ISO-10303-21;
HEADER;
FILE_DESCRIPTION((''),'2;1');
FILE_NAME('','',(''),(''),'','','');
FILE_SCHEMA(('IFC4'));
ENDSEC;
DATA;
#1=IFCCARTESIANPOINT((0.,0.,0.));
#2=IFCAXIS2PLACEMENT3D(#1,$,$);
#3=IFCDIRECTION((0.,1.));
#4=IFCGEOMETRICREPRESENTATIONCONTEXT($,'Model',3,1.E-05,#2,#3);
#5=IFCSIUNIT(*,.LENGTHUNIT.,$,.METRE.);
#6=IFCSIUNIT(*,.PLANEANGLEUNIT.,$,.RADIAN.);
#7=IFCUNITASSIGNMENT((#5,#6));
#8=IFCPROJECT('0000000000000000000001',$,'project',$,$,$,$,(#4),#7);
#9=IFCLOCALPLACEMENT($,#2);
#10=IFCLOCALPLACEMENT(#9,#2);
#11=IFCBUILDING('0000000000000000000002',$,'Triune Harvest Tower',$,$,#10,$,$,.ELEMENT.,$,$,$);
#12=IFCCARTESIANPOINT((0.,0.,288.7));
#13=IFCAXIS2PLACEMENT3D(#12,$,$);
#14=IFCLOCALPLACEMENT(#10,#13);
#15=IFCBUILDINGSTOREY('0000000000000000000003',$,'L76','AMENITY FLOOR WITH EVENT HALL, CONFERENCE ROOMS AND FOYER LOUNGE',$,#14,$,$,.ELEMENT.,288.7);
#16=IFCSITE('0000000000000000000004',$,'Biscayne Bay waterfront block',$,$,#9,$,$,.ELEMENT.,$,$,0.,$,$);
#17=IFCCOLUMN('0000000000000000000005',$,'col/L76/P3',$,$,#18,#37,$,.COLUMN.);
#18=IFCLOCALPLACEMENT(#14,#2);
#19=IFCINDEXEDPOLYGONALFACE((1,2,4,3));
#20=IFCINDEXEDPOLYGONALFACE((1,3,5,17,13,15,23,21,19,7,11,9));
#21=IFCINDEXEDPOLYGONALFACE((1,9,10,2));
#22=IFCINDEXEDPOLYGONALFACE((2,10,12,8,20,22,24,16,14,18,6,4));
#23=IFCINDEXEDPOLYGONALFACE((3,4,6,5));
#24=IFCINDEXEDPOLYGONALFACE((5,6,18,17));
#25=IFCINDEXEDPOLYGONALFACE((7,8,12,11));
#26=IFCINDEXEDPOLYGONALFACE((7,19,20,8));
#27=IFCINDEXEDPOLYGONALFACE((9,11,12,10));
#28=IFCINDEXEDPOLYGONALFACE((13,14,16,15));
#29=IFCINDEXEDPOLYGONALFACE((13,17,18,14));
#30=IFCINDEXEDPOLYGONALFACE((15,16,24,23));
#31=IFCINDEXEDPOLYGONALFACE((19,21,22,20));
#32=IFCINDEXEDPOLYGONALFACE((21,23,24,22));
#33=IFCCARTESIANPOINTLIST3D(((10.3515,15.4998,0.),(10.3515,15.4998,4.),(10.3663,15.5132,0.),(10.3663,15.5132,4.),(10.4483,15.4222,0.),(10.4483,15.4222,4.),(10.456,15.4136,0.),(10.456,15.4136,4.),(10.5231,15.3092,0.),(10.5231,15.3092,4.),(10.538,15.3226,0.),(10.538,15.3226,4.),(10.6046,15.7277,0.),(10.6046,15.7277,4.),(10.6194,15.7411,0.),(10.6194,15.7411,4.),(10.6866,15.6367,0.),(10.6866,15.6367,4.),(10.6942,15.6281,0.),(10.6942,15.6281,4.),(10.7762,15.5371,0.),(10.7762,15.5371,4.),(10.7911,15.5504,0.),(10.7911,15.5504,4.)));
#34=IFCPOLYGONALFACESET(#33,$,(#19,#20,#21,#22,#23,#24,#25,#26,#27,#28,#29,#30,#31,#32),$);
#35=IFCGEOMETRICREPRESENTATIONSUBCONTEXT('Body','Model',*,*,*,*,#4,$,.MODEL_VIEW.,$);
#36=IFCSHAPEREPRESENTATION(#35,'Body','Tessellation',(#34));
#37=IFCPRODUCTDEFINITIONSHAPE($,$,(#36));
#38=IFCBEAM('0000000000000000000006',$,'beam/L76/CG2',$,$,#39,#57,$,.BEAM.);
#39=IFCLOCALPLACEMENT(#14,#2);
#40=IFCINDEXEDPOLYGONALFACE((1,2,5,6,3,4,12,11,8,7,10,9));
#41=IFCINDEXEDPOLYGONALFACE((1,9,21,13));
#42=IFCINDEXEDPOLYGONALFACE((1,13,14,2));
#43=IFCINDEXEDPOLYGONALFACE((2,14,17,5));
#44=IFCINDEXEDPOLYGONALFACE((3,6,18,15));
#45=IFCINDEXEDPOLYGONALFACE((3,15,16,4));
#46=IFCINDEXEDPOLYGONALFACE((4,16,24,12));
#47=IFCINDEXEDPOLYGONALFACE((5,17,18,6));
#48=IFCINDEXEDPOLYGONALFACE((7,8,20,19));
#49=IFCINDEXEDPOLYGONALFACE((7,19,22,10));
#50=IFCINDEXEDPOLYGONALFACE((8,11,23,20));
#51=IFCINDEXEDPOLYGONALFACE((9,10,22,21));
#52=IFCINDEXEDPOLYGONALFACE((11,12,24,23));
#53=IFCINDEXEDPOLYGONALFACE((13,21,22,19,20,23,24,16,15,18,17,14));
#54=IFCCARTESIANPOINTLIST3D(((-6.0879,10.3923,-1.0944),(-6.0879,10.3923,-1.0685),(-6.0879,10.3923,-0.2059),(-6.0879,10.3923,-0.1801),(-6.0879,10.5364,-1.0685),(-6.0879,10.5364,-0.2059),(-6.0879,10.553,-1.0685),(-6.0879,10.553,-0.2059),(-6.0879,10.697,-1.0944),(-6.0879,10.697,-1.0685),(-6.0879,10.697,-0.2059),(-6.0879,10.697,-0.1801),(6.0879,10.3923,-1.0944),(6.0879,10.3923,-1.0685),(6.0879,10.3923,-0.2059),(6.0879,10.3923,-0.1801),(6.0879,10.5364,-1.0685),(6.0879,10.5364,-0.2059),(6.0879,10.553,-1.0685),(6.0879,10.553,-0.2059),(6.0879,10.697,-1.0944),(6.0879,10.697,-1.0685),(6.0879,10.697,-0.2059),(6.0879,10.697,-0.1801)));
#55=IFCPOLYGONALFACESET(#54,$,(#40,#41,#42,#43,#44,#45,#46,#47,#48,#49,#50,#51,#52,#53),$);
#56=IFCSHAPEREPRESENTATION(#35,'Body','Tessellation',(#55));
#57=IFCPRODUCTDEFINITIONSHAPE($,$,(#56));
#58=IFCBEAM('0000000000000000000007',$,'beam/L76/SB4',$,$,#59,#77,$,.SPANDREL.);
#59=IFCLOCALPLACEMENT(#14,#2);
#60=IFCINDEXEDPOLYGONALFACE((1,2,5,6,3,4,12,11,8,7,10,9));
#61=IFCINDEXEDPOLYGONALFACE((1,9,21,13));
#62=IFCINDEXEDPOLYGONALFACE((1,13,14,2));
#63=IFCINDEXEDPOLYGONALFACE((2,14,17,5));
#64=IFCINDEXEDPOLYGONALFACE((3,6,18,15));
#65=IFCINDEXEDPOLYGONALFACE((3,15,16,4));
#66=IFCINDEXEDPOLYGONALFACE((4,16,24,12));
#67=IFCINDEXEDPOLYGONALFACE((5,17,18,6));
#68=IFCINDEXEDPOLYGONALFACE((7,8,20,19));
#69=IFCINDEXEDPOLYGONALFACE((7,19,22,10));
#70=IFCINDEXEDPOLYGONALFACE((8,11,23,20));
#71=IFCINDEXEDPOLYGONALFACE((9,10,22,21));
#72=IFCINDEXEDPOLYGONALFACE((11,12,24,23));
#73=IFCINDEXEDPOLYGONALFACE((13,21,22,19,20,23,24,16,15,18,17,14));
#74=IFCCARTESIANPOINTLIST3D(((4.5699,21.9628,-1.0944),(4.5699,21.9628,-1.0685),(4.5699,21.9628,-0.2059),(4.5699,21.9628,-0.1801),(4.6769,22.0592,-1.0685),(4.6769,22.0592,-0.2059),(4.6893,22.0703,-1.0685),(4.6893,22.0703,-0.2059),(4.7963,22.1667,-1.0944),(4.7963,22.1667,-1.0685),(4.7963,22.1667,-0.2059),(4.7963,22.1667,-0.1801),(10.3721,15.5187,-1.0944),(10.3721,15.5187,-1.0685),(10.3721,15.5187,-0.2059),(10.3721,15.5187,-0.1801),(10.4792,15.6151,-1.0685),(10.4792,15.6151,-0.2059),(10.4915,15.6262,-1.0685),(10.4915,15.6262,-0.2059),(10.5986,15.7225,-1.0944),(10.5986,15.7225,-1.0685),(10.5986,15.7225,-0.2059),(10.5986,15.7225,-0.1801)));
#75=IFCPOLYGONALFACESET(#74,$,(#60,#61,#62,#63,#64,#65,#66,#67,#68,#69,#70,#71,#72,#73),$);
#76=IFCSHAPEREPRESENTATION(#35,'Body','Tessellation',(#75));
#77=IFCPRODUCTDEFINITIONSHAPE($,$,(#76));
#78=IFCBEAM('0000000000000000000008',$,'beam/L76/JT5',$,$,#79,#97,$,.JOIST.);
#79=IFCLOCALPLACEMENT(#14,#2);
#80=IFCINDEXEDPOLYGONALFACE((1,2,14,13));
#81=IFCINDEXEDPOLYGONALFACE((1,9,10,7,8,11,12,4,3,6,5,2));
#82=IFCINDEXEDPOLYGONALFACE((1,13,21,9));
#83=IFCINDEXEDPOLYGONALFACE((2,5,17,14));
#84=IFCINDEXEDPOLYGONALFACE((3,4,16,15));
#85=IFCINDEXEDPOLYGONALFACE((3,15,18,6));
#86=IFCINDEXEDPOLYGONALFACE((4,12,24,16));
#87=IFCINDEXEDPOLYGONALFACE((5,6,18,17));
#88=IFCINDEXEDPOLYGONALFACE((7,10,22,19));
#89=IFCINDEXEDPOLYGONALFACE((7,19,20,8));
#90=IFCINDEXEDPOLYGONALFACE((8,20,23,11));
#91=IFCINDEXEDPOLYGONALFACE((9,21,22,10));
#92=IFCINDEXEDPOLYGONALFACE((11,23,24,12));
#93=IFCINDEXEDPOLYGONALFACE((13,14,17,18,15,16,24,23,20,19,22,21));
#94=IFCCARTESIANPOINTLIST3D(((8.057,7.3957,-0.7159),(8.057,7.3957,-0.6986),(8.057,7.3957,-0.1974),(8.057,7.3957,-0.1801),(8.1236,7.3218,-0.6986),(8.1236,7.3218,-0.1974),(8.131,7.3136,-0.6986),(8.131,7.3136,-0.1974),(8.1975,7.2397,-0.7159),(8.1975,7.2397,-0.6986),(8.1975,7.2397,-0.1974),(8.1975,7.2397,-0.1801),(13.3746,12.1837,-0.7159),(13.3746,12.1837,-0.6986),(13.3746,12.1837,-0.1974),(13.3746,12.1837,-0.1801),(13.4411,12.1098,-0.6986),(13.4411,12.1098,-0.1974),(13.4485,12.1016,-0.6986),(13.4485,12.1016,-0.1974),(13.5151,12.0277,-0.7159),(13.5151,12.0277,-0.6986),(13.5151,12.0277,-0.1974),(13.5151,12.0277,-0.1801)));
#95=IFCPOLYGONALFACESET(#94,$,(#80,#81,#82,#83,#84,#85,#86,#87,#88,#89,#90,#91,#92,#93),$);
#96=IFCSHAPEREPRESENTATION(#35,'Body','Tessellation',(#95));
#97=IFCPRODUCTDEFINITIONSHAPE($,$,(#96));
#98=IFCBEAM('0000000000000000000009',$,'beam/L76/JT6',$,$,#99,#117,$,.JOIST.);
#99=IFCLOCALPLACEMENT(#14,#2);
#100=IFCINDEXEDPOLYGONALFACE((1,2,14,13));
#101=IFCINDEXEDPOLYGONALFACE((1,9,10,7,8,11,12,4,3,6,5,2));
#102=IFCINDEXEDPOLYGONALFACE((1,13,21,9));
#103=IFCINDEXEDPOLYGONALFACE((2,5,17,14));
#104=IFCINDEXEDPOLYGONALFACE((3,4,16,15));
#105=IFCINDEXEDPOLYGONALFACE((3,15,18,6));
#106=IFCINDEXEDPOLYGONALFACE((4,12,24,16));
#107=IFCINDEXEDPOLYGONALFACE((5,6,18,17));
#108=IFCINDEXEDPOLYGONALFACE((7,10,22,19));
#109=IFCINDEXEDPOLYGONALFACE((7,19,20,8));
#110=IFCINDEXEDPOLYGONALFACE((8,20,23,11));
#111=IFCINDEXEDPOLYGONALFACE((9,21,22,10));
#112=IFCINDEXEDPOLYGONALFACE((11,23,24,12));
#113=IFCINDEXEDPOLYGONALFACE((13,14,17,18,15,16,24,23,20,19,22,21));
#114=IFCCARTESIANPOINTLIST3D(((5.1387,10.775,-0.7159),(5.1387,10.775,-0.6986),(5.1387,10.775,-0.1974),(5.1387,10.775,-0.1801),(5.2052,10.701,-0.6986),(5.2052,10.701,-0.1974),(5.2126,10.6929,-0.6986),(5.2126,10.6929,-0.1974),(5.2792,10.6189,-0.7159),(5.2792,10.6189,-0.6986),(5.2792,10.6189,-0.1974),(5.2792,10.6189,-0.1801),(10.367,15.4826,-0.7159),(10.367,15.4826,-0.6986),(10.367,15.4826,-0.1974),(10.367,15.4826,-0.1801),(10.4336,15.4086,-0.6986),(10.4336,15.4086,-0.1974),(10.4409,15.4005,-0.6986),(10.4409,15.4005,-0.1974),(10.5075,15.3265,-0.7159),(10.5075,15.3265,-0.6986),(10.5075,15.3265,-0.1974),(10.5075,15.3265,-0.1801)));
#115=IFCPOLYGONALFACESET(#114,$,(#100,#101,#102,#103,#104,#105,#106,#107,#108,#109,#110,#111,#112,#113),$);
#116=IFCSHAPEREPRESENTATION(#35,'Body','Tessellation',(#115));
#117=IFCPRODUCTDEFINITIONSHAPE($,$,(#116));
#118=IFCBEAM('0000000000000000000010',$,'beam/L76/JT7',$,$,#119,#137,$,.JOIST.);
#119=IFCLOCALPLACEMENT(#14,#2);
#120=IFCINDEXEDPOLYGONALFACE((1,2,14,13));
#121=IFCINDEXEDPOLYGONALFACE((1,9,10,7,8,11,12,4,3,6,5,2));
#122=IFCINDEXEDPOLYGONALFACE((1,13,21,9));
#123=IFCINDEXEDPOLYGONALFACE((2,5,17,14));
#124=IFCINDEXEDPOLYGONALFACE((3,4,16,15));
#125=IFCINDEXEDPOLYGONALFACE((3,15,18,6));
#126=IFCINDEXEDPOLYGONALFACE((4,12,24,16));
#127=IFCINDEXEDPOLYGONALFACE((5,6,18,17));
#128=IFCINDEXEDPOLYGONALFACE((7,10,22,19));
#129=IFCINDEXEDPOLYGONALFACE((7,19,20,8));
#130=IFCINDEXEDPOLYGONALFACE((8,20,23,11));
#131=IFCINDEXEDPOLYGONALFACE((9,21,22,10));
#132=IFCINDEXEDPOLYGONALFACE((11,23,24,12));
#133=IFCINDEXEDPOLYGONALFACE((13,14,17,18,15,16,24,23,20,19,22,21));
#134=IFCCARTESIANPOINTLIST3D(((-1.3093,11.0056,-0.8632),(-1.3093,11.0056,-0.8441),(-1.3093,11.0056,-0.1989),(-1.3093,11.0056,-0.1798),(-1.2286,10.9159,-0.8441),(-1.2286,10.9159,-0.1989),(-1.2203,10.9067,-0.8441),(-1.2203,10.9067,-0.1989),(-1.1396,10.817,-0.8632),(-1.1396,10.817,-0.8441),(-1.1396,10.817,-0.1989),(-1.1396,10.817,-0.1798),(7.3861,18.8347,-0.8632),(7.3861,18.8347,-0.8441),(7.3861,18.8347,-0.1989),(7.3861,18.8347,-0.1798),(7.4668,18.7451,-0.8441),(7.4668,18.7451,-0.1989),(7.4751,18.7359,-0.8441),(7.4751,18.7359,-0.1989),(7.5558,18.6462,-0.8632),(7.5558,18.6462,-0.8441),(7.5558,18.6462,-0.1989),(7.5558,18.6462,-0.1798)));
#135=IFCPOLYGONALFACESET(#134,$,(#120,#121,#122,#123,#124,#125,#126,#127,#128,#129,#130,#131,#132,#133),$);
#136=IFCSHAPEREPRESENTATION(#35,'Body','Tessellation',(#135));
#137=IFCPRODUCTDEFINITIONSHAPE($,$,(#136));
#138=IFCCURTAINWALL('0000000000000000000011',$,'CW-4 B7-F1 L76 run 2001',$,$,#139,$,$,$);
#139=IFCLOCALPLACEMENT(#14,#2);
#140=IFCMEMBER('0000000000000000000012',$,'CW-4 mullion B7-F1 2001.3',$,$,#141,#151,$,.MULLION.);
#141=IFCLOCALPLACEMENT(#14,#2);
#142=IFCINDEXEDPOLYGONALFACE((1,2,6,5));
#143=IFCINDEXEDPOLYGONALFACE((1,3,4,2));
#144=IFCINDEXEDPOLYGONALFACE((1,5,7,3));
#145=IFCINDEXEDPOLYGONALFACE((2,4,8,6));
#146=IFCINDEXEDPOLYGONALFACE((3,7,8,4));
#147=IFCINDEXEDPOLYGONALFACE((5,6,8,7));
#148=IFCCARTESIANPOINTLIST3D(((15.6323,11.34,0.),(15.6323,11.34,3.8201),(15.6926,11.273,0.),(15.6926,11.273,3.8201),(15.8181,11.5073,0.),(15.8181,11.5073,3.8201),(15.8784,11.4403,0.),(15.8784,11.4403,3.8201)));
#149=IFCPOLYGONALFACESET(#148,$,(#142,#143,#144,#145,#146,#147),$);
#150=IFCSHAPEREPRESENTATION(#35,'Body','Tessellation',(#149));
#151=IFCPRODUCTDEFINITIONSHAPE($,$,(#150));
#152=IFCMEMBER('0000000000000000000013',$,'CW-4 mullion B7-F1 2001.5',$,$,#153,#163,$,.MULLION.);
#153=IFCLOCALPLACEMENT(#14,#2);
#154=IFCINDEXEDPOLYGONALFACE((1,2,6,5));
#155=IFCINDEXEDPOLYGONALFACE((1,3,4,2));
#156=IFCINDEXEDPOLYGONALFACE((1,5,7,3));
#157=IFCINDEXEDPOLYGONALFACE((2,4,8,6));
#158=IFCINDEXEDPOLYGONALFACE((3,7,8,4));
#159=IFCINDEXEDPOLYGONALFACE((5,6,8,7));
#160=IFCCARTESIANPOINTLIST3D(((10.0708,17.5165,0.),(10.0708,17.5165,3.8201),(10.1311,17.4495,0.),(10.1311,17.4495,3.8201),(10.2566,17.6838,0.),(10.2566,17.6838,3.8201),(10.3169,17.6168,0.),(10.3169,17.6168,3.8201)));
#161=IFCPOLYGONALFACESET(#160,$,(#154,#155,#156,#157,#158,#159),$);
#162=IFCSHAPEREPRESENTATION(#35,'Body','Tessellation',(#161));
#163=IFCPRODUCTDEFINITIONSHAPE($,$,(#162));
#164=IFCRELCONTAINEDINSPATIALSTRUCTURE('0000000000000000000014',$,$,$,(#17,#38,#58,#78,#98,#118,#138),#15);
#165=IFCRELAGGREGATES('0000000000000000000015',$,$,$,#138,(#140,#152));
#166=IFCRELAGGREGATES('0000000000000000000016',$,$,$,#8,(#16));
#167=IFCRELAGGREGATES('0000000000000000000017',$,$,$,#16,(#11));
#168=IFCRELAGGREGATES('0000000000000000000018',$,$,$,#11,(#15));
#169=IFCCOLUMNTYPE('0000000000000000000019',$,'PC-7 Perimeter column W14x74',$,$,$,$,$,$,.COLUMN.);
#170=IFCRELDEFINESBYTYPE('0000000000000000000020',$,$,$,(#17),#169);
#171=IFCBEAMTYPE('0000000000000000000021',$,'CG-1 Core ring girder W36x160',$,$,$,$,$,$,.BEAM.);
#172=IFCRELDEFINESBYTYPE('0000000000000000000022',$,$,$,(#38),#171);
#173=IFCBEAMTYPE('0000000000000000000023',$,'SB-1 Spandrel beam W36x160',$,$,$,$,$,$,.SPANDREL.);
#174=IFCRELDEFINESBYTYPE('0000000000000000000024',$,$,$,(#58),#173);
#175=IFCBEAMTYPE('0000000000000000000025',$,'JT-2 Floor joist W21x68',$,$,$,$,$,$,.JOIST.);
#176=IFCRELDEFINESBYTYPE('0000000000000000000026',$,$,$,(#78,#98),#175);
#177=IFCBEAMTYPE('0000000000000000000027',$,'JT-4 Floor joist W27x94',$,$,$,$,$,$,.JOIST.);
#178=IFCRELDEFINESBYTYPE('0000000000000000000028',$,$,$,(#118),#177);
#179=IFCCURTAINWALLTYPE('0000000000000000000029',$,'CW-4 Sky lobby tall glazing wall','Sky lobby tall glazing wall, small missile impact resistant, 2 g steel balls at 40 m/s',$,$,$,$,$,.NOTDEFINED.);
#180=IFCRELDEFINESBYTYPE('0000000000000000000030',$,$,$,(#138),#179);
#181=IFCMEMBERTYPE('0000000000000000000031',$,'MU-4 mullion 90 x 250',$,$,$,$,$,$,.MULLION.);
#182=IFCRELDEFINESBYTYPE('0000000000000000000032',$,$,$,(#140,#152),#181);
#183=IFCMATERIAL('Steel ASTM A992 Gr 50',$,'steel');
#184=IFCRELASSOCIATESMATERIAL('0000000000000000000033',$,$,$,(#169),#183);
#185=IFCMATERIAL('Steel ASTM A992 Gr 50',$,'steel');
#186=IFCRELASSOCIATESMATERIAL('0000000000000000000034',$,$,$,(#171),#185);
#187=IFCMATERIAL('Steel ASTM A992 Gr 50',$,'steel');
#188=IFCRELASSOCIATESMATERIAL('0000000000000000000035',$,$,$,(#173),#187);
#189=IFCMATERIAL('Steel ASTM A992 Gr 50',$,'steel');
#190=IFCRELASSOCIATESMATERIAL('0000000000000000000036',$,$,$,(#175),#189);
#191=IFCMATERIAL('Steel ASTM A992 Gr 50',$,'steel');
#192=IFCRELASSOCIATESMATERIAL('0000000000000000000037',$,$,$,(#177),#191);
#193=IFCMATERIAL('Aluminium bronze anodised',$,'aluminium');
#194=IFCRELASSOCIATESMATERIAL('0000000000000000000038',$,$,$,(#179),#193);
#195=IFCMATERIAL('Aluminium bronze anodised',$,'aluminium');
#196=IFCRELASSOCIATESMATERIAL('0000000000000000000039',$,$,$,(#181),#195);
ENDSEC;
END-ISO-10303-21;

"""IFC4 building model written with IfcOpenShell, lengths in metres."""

from ifc_helpers import new_model, si_unit, direction, frame, origin, origin_2d, place, context, subcontext, project, spatial, rectangle, i_section, extrude, source, transform, mapped, material, material_profile, profile_set, type_object, element, aggregate, save


model = new_model("IFC4")

# Units and contexts
model_context = context("Model", 3, precision=1e-05, world=origin(), true_north=direction((0.0, 1.0)))
body_context = subcontext(model_context, "Body", "Model", "MODEL_VIEW")
ifc_project = project(units=[si_unit("LENGTHUNIT", "METRE"), si_unit("PLANEANGLEUNIT", "RADIAN")], contexts=[model_context])

# Site, building, storey
site_placement = place(None, origin())
site = spatial("IfcSite", under=ifc_project, at=site_placement, Name="Biscayne Bay waterfront block", CompositionType="ELEMENT", RefElevation=0.0)
building_placement = place(site_placement, origin())
building = spatial("IfcBuilding", under=site, at=building_placement, Name="Triune Harvest Tower", CompositionType="ELEMENT")
storey_placement = place(building_placement, frame((0.0, 0.0, 288.7)))
storey = spatial("IfcBuildingStorey", under=building, at=storey_placement, Name="L76", Description="AMENITY FLOOR WITH EVENT HALL, CONFERENCE ROOMS AND FOYER LOUNGE", CompositionType="ELEMENT", Elevation=288.7)

# Column
ifc_material_1 = material(Name="Steel ASTM A992 Gr 50", Category="steel")
ifc_material_profile_1 = material_profile(ifc_material_1, i_section(OverallWidth=0.2566, OverallDepth=0.3606, WebThickness=0.0115, FlangeThickness=0.02, at=origin_2d()), Name="W14x74")
ifc_profile_set_1 = profile_set([ifc_material_profile_1], Name="Steel ASTM A992 Gr 50")
column_type = type_object("IfcColumnType", Name="PC-7 Perimeter column W14x74", PredefinedType="COLUMN", material=ifc_profile_set_1)
shared_shape_1 = source(origin(), body_context, "Body", "SweptSolid", [
    extrude(i_section(OverallWidth=0.2566, OverallDepth=0.3606, WebThickness=0.0115, FlangeThickness=0.02, at=origin_2d()), origin(), (0.0, 0.0, 1.0), 4.0),
])
column_placement = place(storey_placement, frame((10.5713, 15.5251, 0.0), z_axis=(0.0, 0.0, 1.0), x_axis=(-0.669131, 0.743145, 0.0)))
element("IfcColumn", 1, at=column_placement, inside=storey, type_object=column_type, Name="col/L76/P3", PredefinedType="COLUMN", context=body_context, shape_type="MappedRepresentation", body=[
    mapped(shared_shape_1, transform((0.0, 0.0, 0.0), scale=1.0)),
])

# Beams
ifc_material_2 = material(Name="Steel ASTM A992 Gr 50", Category="steel")
ifc_material_profile_2 = material_profile(ifc_material_2, i_section(OverallWidth=0.3047, OverallDepth=0.9143, WebThickness=0.0166, FlangeThickness=0.0259, at=origin_2d()), Name="W36x160")
ifc_profile_set_2 = profile_set([ifc_material_profile_2], Name="Steel ASTM A992 Gr 50")
beam_type_1 = type_object("IfcBeamType", Name="CG-1 Core ring girder W36x160", PredefinedType="BEAM", material=ifc_profile_set_2)
shared_shape_2 = source(origin(), body_context, "Body", "SweptSolid", [
    extrude(i_section(OverallWidth=0.3047, OverallDepth=0.9143, WebThickness=0.0166, FlangeThickness=0.0259, at=origin_2d()), origin(), (0.0, 0.0, 1.0), 12.1758),
])
beam_1_placement = place(storey_placement, frame((6.0879, 10.5447, -0.6372), z_axis=(-1.0, 0.0, 0.0), x_axis=(0.0, -1.0, 0.0)))
element("IfcBeam", 2, at=beam_1_placement, inside=storey, type_object=beam_type_1, Name="beam/L76/CG2", PredefinedType="BEAM", context=body_context, shape_type="MappedRepresentation", body=[
    mapped(shared_shape_2, transform((0.0, 0.0, 0.0), scale=1.0)),
])
ifc_material_3 = material(Name="Steel ASTM A992 Gr 50", Category="steel")
ifc_material_profile_3 = material_profile(ifc_material_3, i_section(OverallWidth=0.3047, OverallDepth=0.9143, WebThickness=0.0166, FlangeThickness=0.0259, at=origin_2d()), Name="W36x160")
ifc_profile_set_3 = profile_set([ifc_material_profile_3], Name="Steel ASTM A992 Gr 50")
beam_type_2 = type_object("IfcBeamType", Name="SB-1 Spandrel beam W36x160", PredefinedType="SPANDREL", material=ifc_profile_set_3)
shared_shape_3 = source(origin(), body_context, "Body", "SweptSolid", [
    extrude(i_section(OverallWidth=0.3047, OverallDepth=0.9143, WebThickness=0.0166, FlangeThickness=0.0259, at=origin_2d()), origin(), (0.0, 0.0, 1.0), 8.6714),
])
beam_2_placement = place(storey_placement, frame((10.4854, 15.6206, -0.6372), z_axis=(-0.669128, 0.743147, 0.0), x_axis=(-0.743147, -0.669128, 0.0)))
element("IfcBeam", 3, at=beam_2_placement, inside=storey, type_object=beam_type_2, Name="beam/L76/SB4", PredefinedType="SPANDREL", context=body_context, shape_type="MappedRepresentation", body=[
    mapped(shared_shape_3, transform((0.0, 0.0, 0.0), scale=1.0)),
])
ifc_material_4 = material(Name="Steel ASTM A992 Gr 50", Category="steel")
ifc_material_profile_4 = material_profile(ifc_material_4, i_section(OverallWidth=0.21, OverallDepth=0.5359, WebThickness=0.011, FlangeThickness=0.0173, at=origin_2d()), Name="W21x68")
ifc_profile_set_4 = profile_set([ifc_material_profile_4], Name="Steel ASTM A992 Gr 50")
beam_type_3 = type_object("IfcBeamType", Name="JT-2 Floor joist W21x68", PredefinedType="JOIST", material=ifc_profile_set_4)
shared_shape_4 = source(origin(), body_context, "Body", "SweptSolid", [
    extrude(i_section(OverallWidth=0.21, OverallDepth=0.5359, WebThickness=0.011, FlangeThickness=0.0173, at=origin_2d()), origin(), (0.0, 0.0, 1.0), 7.1555),
])
beam_3_placement = place(storey_placement, frame((13.4448, 12.1057, -0.448), z_axis=(-0.74314, -0.669136, 0.0), x_axis=(0.669136, -0.74314, 0.0)))
element("IfcBeam", 4, at=beam_3_placement, inside=storey, type_object=beam_type_3, Name="beam/L76/JT5", PredefinedType="JOIST", context=body_context, shape_type="MappedRepresentation", body=[
    mapped(shared_shape_4, transform((0.0, 0.0, 0.0), scale=1.0)),
])
shared_shape_5 = source(origin(), body_context, "Body", "SweptSolid", [
    extrude(i_section(OverallWidth=0.21, OverallDepth=0.5359, WebThickness=0.011, FlangeThickness=0.0173, at=origin_2d()), origin(), (0.0, 0.0, 1.0), 7.0354),
])
beam_4_placement = place(storey_placement, frame((10.4373, 15.4045, -0.448), z_axis=(-0.743147, -0.669128, 0.0), x_axis=(0.669128, -0.743147, 0.0)))
element("IfcBeam", 5, at=beam_4_placement, inside=storey, type_object=beam_type_3, Name="beam/L76/JT6", PredefinedType="JOIST", context=body_context, shape_type="MappedRepresentation", body=[
    mapped(shared_shape_5, transform((0.0, 0.0, 0.0), scale=1.0)),
])
ifc_material_5 = material(Name="Steel ASTM A992 Gr 50", Category="steel")
ifc_material_profile_5 = material_profile(ifc_material_5, i_section(OverallWidth=0.2537, OverallDepth=0.6833, WebThickness=0.0125, FlangeThickness=0.019, at=origin_2d()), Name="W27x94")
ifc_profile_set_5 = profile_set([ifc_material_profile_5], Name="Steel ASTM A992 Gr 50")
beam_type_4 = type_object("IfcBeamType", Name="JT-4 Floor joist W27x94", PredefinedType="JOIST", material=ifc_profile_set_5)
shared_shape_6 = source(origin(), body_context, "Body", "SweptSolid", [
    extrude(i_section(OverallWidth=0.2537, OverallDepth=0.6833, WebThickness=0.0125, FlangeThickness=0.019, at=origin_2d()), origin(), (0.0, 0.0, 1.0), 11.7007),
])
beam_5_placement = place(storey_placement, frame((7.4709, 18.7405, -0.5215), z_axis=(-0.743153, -0.669121, 0.0), x_axis=(0.669121, -0.743153, 0.0)))
element("IfcBeam", 6, at=beam_5_placement, inside=storey, type_object=beam_type_4, Name="beam/L76/JT7", PredefinedType="JOIST", context=body_context, shape_type="MappedRepresentation", body=[
    mapped(shared_shape_6, transform((0.0, 0.0, 0.0), scale=1.0)),
])

# Curtain wall, members
ifc_material_6 = material(Name="Aluminium bronze anodised", Category="aluminium")
curtain_wall_type = type_object("IfcCurtainWallType", Name="CW-4 Sky lobby tall glazing wall", Description="Sky lobby tall glazing wall, small missile impact resistant, 2 g steel balls at 40 m/s", PredefinedType="NOTDEFINED", material=ifc_material_6)
curtain_wall_placement = place(storey_placement, origin())
curtain_wall = element("IfcCurtainWall", 7, at=curtain_wall_placement, inside=storey, type_object=curtain_wall_type, Name="CW-4 B7-F1 L76 run 2001")
ifc_material_7 = material(Name="Aluminium bronze anodised", Category="aluminium")
ifc_material_profile_6 = material_profile(ifc_material_7, rectangle(XDim=0.25, YDim=0.0901, at=origin_2d()), Name="MU-4 mullion 90 x 250")
ifc_profile_set_6 = profile_set([ifc_material_profile_6], Name="Aluminium bronze anodised")
member_type_1 = type_object("IfcMemberType", Name="MU-4 mullion 90 x 250", PredefinedType="MULLION", material=ifc_profile_set_6)
shared_shape_7 = source(origin(), body_context, "Body", "SweptSolid", [
    extrude(rectangle(XDim=0.25, YDim=0.0901, at=origin_2d()), origin(), (0.0, 0.0, 1.0), 3.8201),
])
member_1_placement = place(storey_placement, frame((15.7554, 11.3901, 0.0), z_axis=(0.0, 0.0, 1.0), x_axis=(-0.743144, -0.669131, 0.0)))
member_1 = element("IfcMember", 8, at=member_1_placement, type_object=member_type_1, Name="CW-4 mullion B7-F1 2001.3", PredefinedType="MULLION", context=body_context, shape_type="MappedRepresentation", body=[
    mapped(shared_shape_7, transform((0.0, 0.0, 0.0), scale=1.0)),
])
member_2_placement = place(storey_placement, frame((10.1938, 17.5667, 0.0), z_axis=(0.0, 0.0, 1.0), x_axis=(-0.743144, -0.669131, 0.0)))
member_2 = element("IfcMember", 9, at=member_2_placement, type_object=member_type_1, Name="CW-4 mullion B7-F1 2001.5", PredefinedType="MULLION", context=body_context, shape_type="MappedRepresentation", body=[
    mapped(shared_shape_7, transform((0.0, 0.0, 0.0), scale=1.0)),
])
aggregate(curtain_wall, [member_1, member_2])

save(model, "model.ifc")
